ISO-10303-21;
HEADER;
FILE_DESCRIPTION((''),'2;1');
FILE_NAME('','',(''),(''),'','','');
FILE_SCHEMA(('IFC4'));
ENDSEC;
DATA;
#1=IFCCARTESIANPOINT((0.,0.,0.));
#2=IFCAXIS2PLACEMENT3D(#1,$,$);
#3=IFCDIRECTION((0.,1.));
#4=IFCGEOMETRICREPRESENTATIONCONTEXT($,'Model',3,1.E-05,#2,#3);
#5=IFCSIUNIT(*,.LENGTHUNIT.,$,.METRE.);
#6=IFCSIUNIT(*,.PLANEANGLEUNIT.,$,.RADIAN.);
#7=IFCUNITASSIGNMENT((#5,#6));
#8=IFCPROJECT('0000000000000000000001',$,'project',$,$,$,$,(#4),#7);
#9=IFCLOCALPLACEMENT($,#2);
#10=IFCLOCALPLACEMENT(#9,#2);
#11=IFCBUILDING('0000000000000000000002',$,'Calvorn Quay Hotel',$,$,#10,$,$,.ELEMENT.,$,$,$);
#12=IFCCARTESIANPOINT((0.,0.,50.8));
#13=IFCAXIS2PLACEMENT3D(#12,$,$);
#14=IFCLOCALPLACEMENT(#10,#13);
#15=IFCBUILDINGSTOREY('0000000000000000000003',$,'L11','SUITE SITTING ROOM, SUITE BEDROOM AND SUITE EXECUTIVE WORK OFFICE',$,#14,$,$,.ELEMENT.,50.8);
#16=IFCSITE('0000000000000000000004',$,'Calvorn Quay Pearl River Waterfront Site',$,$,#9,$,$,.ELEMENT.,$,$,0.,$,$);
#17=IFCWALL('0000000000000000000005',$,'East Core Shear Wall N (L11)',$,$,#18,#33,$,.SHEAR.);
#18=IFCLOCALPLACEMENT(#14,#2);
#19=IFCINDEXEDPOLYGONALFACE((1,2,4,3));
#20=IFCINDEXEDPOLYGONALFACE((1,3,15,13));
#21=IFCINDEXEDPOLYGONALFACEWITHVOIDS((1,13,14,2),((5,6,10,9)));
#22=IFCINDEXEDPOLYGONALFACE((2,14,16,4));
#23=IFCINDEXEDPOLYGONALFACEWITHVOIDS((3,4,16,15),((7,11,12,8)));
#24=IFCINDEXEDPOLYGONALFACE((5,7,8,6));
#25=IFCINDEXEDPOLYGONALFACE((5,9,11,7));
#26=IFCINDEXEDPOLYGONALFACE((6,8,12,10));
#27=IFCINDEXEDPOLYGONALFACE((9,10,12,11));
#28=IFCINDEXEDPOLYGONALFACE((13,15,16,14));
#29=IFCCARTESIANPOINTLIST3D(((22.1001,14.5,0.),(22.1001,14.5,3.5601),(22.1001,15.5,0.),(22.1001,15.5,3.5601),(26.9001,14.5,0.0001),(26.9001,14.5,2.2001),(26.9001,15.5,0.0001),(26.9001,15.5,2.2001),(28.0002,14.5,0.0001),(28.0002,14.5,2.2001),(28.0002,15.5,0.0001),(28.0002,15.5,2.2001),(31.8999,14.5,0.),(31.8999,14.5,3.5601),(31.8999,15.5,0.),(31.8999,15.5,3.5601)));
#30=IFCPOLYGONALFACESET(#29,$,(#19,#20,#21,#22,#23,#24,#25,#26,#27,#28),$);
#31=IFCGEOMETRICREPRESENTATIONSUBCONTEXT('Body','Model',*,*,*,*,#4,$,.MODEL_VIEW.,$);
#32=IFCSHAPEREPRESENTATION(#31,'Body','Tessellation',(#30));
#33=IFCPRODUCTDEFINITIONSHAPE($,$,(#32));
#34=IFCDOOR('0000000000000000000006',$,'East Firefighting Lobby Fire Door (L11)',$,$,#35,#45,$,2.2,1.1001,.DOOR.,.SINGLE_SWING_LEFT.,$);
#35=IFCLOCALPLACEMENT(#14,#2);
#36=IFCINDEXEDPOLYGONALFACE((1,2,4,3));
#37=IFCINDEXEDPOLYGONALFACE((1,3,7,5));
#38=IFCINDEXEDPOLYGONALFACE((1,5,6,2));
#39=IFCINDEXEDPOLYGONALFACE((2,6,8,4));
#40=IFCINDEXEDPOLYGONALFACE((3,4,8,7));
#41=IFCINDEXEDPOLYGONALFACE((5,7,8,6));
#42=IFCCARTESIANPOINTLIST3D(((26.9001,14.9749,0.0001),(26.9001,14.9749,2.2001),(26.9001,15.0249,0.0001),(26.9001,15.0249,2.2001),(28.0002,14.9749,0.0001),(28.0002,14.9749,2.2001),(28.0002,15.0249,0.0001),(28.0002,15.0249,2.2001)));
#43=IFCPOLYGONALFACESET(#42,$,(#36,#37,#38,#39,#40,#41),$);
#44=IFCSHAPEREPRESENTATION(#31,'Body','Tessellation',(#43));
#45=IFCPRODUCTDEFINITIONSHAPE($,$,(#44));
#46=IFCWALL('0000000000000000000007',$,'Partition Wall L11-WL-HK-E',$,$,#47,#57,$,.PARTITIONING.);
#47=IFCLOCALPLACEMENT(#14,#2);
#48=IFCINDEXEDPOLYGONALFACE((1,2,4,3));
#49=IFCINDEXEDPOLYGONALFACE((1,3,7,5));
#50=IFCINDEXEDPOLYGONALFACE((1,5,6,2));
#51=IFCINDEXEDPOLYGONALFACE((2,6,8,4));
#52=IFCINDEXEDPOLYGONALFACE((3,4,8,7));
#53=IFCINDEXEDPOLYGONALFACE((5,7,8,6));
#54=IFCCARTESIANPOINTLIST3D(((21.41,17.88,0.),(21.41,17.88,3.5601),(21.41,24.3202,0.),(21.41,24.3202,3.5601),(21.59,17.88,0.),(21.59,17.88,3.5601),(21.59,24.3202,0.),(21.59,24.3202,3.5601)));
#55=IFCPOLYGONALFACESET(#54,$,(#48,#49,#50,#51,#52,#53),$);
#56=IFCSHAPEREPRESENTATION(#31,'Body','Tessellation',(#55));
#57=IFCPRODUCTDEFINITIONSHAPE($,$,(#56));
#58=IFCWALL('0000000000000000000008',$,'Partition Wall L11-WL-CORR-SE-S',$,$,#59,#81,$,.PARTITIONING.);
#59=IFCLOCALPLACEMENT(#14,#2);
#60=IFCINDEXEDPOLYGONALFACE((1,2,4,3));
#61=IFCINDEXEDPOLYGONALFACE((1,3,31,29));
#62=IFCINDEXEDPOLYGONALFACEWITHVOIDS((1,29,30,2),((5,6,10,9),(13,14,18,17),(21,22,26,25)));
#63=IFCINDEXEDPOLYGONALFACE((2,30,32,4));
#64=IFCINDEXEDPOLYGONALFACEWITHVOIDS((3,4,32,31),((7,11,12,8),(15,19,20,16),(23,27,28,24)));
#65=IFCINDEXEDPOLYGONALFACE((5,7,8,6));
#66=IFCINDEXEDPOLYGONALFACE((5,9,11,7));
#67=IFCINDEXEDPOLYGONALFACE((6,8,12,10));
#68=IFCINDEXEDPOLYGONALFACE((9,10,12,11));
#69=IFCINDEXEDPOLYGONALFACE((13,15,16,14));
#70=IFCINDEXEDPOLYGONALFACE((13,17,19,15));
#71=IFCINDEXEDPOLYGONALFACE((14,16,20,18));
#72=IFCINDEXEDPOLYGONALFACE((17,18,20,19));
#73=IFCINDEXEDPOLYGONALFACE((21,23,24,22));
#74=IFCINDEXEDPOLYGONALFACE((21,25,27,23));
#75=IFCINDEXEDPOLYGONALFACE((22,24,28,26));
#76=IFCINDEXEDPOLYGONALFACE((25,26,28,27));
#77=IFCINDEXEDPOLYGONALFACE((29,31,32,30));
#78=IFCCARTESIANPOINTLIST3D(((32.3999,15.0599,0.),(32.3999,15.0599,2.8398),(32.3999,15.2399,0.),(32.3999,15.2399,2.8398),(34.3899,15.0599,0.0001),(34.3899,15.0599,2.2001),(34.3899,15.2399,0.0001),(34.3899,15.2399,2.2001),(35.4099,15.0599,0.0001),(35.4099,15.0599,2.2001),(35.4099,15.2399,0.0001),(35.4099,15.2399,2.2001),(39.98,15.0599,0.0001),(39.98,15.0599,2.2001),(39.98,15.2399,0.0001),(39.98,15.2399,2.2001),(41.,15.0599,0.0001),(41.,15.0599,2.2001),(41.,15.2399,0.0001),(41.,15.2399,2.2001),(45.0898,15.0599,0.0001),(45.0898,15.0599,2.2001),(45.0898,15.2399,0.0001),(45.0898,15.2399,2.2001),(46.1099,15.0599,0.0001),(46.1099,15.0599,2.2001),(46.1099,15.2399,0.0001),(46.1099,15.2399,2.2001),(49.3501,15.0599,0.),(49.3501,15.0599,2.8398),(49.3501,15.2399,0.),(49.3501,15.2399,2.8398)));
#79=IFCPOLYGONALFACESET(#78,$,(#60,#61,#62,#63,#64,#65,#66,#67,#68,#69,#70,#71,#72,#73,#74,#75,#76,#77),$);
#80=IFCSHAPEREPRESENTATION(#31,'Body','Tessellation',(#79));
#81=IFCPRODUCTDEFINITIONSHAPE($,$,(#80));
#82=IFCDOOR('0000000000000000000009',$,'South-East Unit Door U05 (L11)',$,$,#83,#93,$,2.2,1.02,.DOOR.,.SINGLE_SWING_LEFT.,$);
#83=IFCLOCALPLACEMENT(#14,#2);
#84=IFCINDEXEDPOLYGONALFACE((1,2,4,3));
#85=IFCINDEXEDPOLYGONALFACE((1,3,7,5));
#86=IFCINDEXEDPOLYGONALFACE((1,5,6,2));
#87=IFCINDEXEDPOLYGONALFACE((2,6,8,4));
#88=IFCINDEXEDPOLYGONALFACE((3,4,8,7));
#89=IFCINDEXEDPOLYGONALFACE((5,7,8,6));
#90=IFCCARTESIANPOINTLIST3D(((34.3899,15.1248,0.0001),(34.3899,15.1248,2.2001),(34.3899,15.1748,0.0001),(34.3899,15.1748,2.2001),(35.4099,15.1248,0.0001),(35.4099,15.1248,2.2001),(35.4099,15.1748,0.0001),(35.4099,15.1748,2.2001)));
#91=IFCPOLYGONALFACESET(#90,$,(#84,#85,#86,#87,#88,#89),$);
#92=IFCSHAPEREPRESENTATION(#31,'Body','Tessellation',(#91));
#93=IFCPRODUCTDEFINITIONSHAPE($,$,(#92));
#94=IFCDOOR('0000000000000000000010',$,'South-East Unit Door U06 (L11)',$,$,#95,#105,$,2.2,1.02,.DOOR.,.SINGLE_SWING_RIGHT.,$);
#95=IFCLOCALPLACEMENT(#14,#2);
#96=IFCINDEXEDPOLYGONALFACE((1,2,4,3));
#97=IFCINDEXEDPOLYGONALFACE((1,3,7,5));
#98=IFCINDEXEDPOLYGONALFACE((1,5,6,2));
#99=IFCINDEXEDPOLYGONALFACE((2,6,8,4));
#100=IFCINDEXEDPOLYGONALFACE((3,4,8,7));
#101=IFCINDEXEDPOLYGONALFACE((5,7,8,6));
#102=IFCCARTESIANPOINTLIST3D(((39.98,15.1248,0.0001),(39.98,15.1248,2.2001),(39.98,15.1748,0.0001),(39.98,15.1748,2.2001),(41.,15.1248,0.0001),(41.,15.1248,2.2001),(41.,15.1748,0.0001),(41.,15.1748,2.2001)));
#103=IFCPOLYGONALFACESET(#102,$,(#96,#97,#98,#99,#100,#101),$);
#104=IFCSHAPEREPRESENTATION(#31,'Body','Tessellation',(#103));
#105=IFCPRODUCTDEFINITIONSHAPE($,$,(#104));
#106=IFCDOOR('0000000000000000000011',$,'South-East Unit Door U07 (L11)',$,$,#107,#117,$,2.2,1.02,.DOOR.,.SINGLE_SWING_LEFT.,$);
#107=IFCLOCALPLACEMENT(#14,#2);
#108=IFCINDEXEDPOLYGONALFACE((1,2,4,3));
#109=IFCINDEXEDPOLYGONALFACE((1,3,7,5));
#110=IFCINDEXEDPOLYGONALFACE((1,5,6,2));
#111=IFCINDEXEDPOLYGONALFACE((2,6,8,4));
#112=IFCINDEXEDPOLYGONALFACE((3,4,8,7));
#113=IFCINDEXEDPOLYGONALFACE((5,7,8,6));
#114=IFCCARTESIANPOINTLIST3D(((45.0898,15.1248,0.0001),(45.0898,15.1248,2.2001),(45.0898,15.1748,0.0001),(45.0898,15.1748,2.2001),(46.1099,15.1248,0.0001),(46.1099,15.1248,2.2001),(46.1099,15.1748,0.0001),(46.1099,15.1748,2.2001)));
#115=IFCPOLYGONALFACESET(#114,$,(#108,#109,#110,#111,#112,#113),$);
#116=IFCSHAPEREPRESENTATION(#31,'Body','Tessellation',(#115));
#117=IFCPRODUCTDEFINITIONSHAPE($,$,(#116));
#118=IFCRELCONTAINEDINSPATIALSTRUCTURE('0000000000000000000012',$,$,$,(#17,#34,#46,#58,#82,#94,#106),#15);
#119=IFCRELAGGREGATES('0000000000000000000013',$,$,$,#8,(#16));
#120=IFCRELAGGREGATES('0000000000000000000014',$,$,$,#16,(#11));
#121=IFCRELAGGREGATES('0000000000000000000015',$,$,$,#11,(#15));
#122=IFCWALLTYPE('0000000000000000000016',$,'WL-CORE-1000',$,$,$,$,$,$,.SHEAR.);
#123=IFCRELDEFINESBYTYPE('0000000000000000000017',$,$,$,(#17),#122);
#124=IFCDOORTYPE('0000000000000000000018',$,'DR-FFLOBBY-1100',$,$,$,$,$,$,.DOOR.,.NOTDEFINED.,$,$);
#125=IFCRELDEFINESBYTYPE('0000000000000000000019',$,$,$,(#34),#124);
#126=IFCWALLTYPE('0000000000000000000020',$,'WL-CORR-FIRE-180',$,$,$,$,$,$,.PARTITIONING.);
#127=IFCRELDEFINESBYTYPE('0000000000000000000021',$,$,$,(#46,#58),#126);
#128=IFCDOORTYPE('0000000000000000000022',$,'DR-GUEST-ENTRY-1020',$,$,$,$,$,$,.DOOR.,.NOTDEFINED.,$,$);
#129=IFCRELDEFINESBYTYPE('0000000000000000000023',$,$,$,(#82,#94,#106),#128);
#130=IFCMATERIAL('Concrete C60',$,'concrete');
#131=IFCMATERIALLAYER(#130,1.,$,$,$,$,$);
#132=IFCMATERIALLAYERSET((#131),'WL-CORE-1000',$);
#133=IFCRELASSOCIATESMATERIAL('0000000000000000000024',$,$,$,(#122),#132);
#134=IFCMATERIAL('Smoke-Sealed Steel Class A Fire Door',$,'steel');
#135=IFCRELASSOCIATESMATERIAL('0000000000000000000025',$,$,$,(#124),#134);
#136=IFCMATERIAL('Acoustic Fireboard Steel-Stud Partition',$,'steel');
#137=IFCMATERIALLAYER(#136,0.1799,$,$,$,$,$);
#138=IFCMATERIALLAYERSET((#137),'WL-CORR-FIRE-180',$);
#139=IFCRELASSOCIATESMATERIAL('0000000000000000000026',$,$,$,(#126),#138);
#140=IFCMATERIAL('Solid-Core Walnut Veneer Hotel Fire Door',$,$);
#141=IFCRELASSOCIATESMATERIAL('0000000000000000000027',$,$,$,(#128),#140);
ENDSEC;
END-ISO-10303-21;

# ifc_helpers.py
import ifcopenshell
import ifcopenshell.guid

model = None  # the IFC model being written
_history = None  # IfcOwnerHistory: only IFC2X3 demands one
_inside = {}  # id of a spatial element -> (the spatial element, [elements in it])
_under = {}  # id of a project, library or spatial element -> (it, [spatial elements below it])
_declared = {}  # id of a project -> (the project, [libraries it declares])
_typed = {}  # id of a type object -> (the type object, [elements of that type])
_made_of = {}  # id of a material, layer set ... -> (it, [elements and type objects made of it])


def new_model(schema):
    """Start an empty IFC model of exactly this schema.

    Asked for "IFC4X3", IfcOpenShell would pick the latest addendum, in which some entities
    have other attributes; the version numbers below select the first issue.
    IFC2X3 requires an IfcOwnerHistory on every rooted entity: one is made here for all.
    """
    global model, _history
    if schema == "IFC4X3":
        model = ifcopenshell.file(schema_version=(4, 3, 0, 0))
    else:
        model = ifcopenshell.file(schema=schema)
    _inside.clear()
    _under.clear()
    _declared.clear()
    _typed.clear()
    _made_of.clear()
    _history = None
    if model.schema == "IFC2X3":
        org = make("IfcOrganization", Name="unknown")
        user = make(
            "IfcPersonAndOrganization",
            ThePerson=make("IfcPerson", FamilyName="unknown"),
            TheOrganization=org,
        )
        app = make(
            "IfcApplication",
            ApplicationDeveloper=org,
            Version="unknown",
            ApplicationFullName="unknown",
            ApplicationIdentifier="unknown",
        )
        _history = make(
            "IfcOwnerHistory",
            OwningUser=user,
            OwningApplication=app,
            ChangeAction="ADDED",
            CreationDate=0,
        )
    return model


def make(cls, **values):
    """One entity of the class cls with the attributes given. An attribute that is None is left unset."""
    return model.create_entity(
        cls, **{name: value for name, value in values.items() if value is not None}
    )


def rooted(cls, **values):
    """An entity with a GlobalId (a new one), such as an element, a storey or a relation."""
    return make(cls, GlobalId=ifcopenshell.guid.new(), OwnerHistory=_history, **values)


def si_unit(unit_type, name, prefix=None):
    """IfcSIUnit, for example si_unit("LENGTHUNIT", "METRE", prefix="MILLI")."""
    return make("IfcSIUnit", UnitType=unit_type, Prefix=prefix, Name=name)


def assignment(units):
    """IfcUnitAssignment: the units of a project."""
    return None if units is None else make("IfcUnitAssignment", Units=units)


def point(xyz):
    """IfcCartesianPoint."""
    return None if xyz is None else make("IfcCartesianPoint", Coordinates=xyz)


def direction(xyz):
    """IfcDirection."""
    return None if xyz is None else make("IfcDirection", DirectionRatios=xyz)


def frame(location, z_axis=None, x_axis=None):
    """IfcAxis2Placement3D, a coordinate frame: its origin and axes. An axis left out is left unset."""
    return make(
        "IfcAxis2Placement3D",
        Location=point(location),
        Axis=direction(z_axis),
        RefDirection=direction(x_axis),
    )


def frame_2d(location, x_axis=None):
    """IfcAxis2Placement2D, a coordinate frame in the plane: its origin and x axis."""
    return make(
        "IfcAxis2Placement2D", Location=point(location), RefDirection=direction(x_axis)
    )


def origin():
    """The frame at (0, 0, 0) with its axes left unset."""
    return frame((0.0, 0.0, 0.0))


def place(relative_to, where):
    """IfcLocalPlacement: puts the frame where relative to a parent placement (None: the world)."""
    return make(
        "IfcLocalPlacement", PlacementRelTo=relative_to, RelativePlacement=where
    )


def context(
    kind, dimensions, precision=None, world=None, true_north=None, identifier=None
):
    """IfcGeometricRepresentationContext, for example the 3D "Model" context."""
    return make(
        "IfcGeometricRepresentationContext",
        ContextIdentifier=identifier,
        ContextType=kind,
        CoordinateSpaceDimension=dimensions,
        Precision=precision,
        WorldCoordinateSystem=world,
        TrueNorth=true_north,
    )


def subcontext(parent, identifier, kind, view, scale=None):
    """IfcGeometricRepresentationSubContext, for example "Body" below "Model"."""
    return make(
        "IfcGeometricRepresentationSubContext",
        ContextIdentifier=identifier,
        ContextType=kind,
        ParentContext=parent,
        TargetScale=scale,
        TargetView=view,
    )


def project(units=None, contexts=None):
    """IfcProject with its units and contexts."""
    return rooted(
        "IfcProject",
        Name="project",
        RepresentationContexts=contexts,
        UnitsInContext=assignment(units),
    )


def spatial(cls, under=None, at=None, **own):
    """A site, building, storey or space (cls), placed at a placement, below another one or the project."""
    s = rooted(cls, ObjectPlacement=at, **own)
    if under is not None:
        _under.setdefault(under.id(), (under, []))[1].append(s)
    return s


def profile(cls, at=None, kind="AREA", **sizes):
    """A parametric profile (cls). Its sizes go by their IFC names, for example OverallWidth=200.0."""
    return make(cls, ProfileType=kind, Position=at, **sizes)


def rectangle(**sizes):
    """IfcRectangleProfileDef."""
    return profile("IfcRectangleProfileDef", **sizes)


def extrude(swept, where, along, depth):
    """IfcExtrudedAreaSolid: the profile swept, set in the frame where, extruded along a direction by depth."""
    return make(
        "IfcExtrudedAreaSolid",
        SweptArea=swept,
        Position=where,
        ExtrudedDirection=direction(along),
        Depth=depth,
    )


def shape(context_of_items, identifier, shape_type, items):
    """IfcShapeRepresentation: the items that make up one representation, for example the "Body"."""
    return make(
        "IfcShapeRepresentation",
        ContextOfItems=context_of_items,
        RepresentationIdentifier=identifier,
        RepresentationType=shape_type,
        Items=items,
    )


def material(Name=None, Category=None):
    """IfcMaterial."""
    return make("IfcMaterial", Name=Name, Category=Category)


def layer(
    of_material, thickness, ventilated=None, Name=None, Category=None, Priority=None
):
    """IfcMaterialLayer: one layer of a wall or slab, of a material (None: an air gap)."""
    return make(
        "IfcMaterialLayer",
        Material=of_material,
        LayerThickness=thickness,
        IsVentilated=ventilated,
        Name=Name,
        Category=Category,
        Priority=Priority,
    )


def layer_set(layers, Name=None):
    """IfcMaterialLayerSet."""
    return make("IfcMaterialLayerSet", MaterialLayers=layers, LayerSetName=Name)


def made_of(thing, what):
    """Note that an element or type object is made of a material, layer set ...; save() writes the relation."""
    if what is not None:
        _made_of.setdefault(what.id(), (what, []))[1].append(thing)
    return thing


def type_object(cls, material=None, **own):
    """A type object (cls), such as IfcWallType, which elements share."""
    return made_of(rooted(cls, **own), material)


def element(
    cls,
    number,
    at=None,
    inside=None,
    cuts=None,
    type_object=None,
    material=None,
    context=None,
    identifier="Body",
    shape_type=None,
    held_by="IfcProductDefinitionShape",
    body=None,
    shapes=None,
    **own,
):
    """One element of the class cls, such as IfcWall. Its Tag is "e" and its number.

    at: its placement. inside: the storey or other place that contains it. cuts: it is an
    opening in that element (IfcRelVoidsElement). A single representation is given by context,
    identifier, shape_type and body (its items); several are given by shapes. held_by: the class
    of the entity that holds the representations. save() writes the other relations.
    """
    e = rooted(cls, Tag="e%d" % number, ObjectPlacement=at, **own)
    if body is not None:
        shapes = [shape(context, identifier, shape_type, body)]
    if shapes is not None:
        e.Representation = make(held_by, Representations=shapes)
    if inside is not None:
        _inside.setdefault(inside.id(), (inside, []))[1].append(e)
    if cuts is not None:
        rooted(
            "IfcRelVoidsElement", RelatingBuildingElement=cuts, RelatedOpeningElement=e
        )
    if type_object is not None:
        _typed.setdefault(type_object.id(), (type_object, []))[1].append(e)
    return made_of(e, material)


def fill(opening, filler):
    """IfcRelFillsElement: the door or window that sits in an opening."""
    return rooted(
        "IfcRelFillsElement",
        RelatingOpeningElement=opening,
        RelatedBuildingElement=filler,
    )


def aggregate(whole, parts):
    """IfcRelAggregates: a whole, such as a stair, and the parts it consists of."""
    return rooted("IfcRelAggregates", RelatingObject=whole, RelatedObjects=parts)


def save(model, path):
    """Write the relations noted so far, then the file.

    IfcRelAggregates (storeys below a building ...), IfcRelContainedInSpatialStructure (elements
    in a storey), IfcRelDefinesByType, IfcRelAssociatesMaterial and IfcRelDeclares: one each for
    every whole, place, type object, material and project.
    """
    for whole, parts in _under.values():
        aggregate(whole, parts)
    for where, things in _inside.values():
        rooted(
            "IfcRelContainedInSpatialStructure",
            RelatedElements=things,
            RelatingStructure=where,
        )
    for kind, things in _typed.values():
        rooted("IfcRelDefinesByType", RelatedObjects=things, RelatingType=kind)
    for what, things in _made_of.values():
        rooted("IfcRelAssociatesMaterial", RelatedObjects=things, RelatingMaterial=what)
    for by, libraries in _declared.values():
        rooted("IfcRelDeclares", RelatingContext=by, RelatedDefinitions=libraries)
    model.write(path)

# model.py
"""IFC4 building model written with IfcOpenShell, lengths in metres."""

from ifc_helpers import new_model, si_unit, direction, frame, frame_2d, origin, place, context, subcontext, project, spatial, rectangle, extrude, material, layer, layer_set, type_object, element, fill, save


model = new_model("IFC4")

# Units and contexts
model_context = context("Model", 3, precision=1e-05, world=origin(), true_north=direction((0.0, 1.0)))
body_context = subcontext(model_context, "Body", "Model", "MODEL_VIEW")
ifc_project = project(units=[si_unit("LENGTHUNIT", "METRE"), si_unit("PLANEANGLEUNIT", "RADIAN")], contexts=[model_context])

# Site, building, storey
site_placement = place(None, origin())
site = spatial("IfcSite", under=ifc_project, at=site_placement, Name="Calvorn Quay Pearl River Waterfront Site", CompositionType="ELEMENT", RefElevation=0.0)
building_placement = place(site_placement, origin())
building = spatial("IfcBuilding", under=site, at=building_placement, Name="Calvorn Quay Hotel", CompositionType="ELEMENT")
storey_placement = place(building_placement, frame((0.0, 0.0, 50.8)))
storey = spatial("IfcBuildingStorey", under=building, at=storey_placement, Name="L11", Description="SUITE SITTING ROOM, SUITE BEDROOM AND SUITE EXECUTIVE WORK OFFICE", CompositionType="ELEMENT", Elevation=50.8)

# Wall, opening, door
ifc_material_1 = material(Name="Concrete C60", Category="concrete")
ifc_layer_1 = layer(ifc_material_1, 1.0)
ifc_layer_set_1 = layer_set([ifc_layer_1], Name="WL-CORE-1000")
wall_type_1 = type_object("IfcWallType", Name="WL-CORE-1000", PredefinedType="SHEAR", material=ifc_layer_set_1)
wall_1_placement = place(storey_placement, frame((22.1001, 15.0, 0.0), z_axis=(0.0, 0.0, 1.0), x_axis=(1.0, 0.0, 0.0)))
wall_1 = element("IfcWall", 1, at=wall_1_placement, inside=storey, type_object=wall_type_1, Name="East Core Shear Wall N (L11)", PredefinedType="SHEAR", context=body_context, shape_type="SweptSolid", body=[
    extrude(rectangle(XDim=9.7998, YDim=1.0, at=frame_2d((4.8999, 0.0))), origin(), (0.0, 0.0, 1.0), 3.5601),
])
opening_1_placement = place(wall_1_placement, frame((4.8, 0.0, 0.0)))
opening_1 = element("IfcOpeningElement", 2, at=opening_1_placement, cuts=wall_1, PredefinedType="OPENING", context=body_context, shape_type="SweptSolid", body=[
    extrude(rectangle(XDim=1.1001, YDim=2.2, at=frame_2d((0.55, 1.1001))), frame((0.0, 0.51, 0.0), z_axis=(0.0, -1.0, 0.0), x_axis=(1.0, 0.0, 0.0)), (0.0, 0.0, 1.0), 1.02),
])
ifc_material_2 = material(Name="Smoke-Sealed Steel Class A Fire Door", Category="steel")
door_type_1 = type_object("IfcDoorType", Name="DR-FFLOBBY-1100", OperationType="NOTDEFINED", PredefinedType="DOOR", material=ifc_material_2)
door_1_placement = place(opening_1_placement, origin())
door_1 = element("IfcDoor", 3, at=door_1_placement, inside=storey, type_object=door_type_1, Name="East Firefighting Lobby Fire Door (L11)", OperationType="SINGLE_SWING_LEFT", OverallHeight=2.2, OverallWidth=1.1001, PredefinedType="DOOR", context=body_context, shape_type="SweptSolid", body=[
    extrude(rectangle(XDim=1.1001, YDim=2.2, at=frame_2d((0.55, 1.1001))), frame((0.0, 0.0249, 0.0), z_axis=(0.0, -1.0, 0.0), x_axis=(1.0, 0.0, 0.0)), (0.0, 0.0, 1.0), 0.05),
])
fill(opening_1, door_1)

# Wall
ifc_material_3 = material(Name="Acoustic Fireboard Steel-Stud Partition", Category="steel")
ifc_layer_2 = layer(ifc_material_3, 0.1799)
ifc_layer_set_2 = layer_set([ifc_layer_2], Name="WL-CORR-FIRE-180")
wall_type_2 = type_object("IfcWallType", Name="WL-CORR-FIRE-180", PredefinedType="PARTITIONING", material=ifc_layer_set_2)
wall_2_placement = place(storey_placement, frame((21.5, 17.8799, 0.0), z_axis=(0.0, 0.0, 1.0), x_axis=(0.0, 1.0, 0.0)))
element("IfcWall", 4, at=wall_2_placement, inside=storey, type_object=wall_type_2, Name="Partition Wall L11-WL-HK-E", PredefinedType="PARTITIONING", context=body_context, shape_type="SweptSolid", body=[
    extrude(rectangle(XDim=6.4402, YDim=0.1799, at=frame_2d((3.2202, 0.0))), origin(), (0.0, 0.0, 1.0), 3.5601),
])

# Wall, openings, doors
wall_3_placement = place(storey_placement, frame((32.3999, 15.1499, 0.0), z_axis=(0.0, 0.0, 1.0), x_axis=(1.0, 0.0, 0.0)))
wall_3 = element("IfcWall", 5, at=wall_3_placement, inside=storey, type_object=wall_type_2, Name="Partition Wall L11-WL-CORR-SE-S", PredefinedType="PARTITIONING", context=body_context, shape_type="SweptSolid", body=[
    extrude(rectangle(XDim=16.9502, YDim=0.1799, at=frame_2d((8.4751, 0.0))), origin(), (0.0, 0.0, 1.0), 2.8398),
])
opening_2_placement = place(wall_3_placement, frame((1.99, 0.0, 0.0)))
opening_2 = element("IfcOpeningElement", 6, at=opening_2_placement, cuts=wall_3, PredefinedType="OPENING", context=body_context, shape_type="SweptSolid", body=[
    extrude(rectangle(XDim=1.02, YDim=2.2, at=frame_2d((0.51, 1.1001))), frame((0.0, 0.0999, 0.0), z_axis=(0.0, -1.0, 0.0), x_axis=(1.0, 0.0, 0.0)), (0.0, 0.0, 1.0), 0.2),
])
opening_3_placement = place(wall_3_placement, frame((7.5801, 0.0, 0.0)))
opening_3 = element("IfcOpeningElement", 7, at=opening_3_placement, cuts=wall_3, PredefinedType="OPENING", context=body_context, shape_type="SweptSolid", body=[
    extrude(rectangle(XDim=1.02, YDim=2.2, at=frame_2d((0.51, 1.1001))), frame((0.0, 0.0999, 0.0), z_axis=(0.0, -1.0, 0.0), x_axis=(1.0, 0.0, 0.0)), (0.0, 0.0, 1.0), 0.2),
])
opening_4_placement = place(wall_3_placement, frame((12.6899, 0.0, 0.0)))
opening_4 = element("IfcOpeningElement", 8, at=opening_4_placement, cuts=wall_3, PredefinedType="OPENING", context=body_context, shape_type="SweptSolid", body=[
    extrude(rectangle(XDim=1.02, YDim=2.2, at=frame_2d((0.51, 1.1001))), frame((0.0, 0.0999, 0.0), z_axis=(0.0, -1.0, 0.0), x_axis=(1.0, 0.0, 0.0)), (0.0, 0.0, 1.0), 0.2),
])
ifc_material_4 = material(Name="Solid-Core Walnut Veneer Hotel Fire Door")
door_type_2 = type_object("IfcDoorType", Name="DR-GUEST-ENTRY-1020", OperationType="NOTDEFINED", PredefinedType="DOOR", material=ifc_material_4)
door_2_placement = place(opening_2_placement, origin())
door_2 = element("IfcDoor", 9, at=door_2_placement, inside=storey, type_object=door_type_2, Name="South-East Unit Door U05 (L11)", OperationType="SINGLE_SWING_LEFT", OverallHeight=2.2, OverallWidth=1.02, PredefinedType="DOOR", context=body_context, shape_type="SweptSolid", body=[
    extrude(rectangle(XDim=1.02, YDim=2.2, at=frame_2d((0.51, 1.1001))), frame((0.0, 0.0249, 0.0), z_axis=(0.0, -1.0, 0.0), x_axis=(1.0, 0.0, 0.0)), (0.0, 0.0, 1.0), 0.05),
])
fill(opening_2, door_2)
door_3_placement = place(opening_3_placement, origin())
door_3 = element("IfcDoor", 10, at=door_3_placement, inside=storey, type_object=door_type_2, Name="South-East Unit Door U06 (L11)", OperationType="SINGLE_SWING_RIGHT", OverallHeight=2.2, OverallWidth=1.02, PredefinedType="DOOR", context=body_context, shape_type="SweptSolid", body=[
    extrude(rectangle(XDim=1.02, YDim=2.2, at=frame_2d((0.51, 1.1001))), frame((0.0, 0.0249, 0.0), z_axis=(0.0, -1.0, 0.0), x_axis=(1.0, 0.0, 0.0)), (0.0, 0.0, 1.0), 0.05),
])
fill(opening_3, door_3)
door_4_placement = place(opening_4_placement, origin())
door_4 = element("IfcDoor", 11, at=door_4_placement, inside=storey, type_object=door_type_2, Name="South-East Unit Door U07 (L11)", OperationType="SINGLE_SWING_LEFT", OverallHeight=2.2, OverallWidth=1.02, PredefinedType="DOOR", context=body_context, shape_type="SweptSolid", body=[
    extrude(rectangle(XDim=1.02, YDim=2.2, at=frame_2d((0.51, 1.1001))), frame((0.0, 0.0249, 0.0), z_axis=(0.0, -1.0, 0.0), x_axis=(1.0, 0.0, 0.0)), (0.0, 0.0, 1.0), 0.05),
])
fill(opening_4, door_4)

save(model, "model.ifc")
